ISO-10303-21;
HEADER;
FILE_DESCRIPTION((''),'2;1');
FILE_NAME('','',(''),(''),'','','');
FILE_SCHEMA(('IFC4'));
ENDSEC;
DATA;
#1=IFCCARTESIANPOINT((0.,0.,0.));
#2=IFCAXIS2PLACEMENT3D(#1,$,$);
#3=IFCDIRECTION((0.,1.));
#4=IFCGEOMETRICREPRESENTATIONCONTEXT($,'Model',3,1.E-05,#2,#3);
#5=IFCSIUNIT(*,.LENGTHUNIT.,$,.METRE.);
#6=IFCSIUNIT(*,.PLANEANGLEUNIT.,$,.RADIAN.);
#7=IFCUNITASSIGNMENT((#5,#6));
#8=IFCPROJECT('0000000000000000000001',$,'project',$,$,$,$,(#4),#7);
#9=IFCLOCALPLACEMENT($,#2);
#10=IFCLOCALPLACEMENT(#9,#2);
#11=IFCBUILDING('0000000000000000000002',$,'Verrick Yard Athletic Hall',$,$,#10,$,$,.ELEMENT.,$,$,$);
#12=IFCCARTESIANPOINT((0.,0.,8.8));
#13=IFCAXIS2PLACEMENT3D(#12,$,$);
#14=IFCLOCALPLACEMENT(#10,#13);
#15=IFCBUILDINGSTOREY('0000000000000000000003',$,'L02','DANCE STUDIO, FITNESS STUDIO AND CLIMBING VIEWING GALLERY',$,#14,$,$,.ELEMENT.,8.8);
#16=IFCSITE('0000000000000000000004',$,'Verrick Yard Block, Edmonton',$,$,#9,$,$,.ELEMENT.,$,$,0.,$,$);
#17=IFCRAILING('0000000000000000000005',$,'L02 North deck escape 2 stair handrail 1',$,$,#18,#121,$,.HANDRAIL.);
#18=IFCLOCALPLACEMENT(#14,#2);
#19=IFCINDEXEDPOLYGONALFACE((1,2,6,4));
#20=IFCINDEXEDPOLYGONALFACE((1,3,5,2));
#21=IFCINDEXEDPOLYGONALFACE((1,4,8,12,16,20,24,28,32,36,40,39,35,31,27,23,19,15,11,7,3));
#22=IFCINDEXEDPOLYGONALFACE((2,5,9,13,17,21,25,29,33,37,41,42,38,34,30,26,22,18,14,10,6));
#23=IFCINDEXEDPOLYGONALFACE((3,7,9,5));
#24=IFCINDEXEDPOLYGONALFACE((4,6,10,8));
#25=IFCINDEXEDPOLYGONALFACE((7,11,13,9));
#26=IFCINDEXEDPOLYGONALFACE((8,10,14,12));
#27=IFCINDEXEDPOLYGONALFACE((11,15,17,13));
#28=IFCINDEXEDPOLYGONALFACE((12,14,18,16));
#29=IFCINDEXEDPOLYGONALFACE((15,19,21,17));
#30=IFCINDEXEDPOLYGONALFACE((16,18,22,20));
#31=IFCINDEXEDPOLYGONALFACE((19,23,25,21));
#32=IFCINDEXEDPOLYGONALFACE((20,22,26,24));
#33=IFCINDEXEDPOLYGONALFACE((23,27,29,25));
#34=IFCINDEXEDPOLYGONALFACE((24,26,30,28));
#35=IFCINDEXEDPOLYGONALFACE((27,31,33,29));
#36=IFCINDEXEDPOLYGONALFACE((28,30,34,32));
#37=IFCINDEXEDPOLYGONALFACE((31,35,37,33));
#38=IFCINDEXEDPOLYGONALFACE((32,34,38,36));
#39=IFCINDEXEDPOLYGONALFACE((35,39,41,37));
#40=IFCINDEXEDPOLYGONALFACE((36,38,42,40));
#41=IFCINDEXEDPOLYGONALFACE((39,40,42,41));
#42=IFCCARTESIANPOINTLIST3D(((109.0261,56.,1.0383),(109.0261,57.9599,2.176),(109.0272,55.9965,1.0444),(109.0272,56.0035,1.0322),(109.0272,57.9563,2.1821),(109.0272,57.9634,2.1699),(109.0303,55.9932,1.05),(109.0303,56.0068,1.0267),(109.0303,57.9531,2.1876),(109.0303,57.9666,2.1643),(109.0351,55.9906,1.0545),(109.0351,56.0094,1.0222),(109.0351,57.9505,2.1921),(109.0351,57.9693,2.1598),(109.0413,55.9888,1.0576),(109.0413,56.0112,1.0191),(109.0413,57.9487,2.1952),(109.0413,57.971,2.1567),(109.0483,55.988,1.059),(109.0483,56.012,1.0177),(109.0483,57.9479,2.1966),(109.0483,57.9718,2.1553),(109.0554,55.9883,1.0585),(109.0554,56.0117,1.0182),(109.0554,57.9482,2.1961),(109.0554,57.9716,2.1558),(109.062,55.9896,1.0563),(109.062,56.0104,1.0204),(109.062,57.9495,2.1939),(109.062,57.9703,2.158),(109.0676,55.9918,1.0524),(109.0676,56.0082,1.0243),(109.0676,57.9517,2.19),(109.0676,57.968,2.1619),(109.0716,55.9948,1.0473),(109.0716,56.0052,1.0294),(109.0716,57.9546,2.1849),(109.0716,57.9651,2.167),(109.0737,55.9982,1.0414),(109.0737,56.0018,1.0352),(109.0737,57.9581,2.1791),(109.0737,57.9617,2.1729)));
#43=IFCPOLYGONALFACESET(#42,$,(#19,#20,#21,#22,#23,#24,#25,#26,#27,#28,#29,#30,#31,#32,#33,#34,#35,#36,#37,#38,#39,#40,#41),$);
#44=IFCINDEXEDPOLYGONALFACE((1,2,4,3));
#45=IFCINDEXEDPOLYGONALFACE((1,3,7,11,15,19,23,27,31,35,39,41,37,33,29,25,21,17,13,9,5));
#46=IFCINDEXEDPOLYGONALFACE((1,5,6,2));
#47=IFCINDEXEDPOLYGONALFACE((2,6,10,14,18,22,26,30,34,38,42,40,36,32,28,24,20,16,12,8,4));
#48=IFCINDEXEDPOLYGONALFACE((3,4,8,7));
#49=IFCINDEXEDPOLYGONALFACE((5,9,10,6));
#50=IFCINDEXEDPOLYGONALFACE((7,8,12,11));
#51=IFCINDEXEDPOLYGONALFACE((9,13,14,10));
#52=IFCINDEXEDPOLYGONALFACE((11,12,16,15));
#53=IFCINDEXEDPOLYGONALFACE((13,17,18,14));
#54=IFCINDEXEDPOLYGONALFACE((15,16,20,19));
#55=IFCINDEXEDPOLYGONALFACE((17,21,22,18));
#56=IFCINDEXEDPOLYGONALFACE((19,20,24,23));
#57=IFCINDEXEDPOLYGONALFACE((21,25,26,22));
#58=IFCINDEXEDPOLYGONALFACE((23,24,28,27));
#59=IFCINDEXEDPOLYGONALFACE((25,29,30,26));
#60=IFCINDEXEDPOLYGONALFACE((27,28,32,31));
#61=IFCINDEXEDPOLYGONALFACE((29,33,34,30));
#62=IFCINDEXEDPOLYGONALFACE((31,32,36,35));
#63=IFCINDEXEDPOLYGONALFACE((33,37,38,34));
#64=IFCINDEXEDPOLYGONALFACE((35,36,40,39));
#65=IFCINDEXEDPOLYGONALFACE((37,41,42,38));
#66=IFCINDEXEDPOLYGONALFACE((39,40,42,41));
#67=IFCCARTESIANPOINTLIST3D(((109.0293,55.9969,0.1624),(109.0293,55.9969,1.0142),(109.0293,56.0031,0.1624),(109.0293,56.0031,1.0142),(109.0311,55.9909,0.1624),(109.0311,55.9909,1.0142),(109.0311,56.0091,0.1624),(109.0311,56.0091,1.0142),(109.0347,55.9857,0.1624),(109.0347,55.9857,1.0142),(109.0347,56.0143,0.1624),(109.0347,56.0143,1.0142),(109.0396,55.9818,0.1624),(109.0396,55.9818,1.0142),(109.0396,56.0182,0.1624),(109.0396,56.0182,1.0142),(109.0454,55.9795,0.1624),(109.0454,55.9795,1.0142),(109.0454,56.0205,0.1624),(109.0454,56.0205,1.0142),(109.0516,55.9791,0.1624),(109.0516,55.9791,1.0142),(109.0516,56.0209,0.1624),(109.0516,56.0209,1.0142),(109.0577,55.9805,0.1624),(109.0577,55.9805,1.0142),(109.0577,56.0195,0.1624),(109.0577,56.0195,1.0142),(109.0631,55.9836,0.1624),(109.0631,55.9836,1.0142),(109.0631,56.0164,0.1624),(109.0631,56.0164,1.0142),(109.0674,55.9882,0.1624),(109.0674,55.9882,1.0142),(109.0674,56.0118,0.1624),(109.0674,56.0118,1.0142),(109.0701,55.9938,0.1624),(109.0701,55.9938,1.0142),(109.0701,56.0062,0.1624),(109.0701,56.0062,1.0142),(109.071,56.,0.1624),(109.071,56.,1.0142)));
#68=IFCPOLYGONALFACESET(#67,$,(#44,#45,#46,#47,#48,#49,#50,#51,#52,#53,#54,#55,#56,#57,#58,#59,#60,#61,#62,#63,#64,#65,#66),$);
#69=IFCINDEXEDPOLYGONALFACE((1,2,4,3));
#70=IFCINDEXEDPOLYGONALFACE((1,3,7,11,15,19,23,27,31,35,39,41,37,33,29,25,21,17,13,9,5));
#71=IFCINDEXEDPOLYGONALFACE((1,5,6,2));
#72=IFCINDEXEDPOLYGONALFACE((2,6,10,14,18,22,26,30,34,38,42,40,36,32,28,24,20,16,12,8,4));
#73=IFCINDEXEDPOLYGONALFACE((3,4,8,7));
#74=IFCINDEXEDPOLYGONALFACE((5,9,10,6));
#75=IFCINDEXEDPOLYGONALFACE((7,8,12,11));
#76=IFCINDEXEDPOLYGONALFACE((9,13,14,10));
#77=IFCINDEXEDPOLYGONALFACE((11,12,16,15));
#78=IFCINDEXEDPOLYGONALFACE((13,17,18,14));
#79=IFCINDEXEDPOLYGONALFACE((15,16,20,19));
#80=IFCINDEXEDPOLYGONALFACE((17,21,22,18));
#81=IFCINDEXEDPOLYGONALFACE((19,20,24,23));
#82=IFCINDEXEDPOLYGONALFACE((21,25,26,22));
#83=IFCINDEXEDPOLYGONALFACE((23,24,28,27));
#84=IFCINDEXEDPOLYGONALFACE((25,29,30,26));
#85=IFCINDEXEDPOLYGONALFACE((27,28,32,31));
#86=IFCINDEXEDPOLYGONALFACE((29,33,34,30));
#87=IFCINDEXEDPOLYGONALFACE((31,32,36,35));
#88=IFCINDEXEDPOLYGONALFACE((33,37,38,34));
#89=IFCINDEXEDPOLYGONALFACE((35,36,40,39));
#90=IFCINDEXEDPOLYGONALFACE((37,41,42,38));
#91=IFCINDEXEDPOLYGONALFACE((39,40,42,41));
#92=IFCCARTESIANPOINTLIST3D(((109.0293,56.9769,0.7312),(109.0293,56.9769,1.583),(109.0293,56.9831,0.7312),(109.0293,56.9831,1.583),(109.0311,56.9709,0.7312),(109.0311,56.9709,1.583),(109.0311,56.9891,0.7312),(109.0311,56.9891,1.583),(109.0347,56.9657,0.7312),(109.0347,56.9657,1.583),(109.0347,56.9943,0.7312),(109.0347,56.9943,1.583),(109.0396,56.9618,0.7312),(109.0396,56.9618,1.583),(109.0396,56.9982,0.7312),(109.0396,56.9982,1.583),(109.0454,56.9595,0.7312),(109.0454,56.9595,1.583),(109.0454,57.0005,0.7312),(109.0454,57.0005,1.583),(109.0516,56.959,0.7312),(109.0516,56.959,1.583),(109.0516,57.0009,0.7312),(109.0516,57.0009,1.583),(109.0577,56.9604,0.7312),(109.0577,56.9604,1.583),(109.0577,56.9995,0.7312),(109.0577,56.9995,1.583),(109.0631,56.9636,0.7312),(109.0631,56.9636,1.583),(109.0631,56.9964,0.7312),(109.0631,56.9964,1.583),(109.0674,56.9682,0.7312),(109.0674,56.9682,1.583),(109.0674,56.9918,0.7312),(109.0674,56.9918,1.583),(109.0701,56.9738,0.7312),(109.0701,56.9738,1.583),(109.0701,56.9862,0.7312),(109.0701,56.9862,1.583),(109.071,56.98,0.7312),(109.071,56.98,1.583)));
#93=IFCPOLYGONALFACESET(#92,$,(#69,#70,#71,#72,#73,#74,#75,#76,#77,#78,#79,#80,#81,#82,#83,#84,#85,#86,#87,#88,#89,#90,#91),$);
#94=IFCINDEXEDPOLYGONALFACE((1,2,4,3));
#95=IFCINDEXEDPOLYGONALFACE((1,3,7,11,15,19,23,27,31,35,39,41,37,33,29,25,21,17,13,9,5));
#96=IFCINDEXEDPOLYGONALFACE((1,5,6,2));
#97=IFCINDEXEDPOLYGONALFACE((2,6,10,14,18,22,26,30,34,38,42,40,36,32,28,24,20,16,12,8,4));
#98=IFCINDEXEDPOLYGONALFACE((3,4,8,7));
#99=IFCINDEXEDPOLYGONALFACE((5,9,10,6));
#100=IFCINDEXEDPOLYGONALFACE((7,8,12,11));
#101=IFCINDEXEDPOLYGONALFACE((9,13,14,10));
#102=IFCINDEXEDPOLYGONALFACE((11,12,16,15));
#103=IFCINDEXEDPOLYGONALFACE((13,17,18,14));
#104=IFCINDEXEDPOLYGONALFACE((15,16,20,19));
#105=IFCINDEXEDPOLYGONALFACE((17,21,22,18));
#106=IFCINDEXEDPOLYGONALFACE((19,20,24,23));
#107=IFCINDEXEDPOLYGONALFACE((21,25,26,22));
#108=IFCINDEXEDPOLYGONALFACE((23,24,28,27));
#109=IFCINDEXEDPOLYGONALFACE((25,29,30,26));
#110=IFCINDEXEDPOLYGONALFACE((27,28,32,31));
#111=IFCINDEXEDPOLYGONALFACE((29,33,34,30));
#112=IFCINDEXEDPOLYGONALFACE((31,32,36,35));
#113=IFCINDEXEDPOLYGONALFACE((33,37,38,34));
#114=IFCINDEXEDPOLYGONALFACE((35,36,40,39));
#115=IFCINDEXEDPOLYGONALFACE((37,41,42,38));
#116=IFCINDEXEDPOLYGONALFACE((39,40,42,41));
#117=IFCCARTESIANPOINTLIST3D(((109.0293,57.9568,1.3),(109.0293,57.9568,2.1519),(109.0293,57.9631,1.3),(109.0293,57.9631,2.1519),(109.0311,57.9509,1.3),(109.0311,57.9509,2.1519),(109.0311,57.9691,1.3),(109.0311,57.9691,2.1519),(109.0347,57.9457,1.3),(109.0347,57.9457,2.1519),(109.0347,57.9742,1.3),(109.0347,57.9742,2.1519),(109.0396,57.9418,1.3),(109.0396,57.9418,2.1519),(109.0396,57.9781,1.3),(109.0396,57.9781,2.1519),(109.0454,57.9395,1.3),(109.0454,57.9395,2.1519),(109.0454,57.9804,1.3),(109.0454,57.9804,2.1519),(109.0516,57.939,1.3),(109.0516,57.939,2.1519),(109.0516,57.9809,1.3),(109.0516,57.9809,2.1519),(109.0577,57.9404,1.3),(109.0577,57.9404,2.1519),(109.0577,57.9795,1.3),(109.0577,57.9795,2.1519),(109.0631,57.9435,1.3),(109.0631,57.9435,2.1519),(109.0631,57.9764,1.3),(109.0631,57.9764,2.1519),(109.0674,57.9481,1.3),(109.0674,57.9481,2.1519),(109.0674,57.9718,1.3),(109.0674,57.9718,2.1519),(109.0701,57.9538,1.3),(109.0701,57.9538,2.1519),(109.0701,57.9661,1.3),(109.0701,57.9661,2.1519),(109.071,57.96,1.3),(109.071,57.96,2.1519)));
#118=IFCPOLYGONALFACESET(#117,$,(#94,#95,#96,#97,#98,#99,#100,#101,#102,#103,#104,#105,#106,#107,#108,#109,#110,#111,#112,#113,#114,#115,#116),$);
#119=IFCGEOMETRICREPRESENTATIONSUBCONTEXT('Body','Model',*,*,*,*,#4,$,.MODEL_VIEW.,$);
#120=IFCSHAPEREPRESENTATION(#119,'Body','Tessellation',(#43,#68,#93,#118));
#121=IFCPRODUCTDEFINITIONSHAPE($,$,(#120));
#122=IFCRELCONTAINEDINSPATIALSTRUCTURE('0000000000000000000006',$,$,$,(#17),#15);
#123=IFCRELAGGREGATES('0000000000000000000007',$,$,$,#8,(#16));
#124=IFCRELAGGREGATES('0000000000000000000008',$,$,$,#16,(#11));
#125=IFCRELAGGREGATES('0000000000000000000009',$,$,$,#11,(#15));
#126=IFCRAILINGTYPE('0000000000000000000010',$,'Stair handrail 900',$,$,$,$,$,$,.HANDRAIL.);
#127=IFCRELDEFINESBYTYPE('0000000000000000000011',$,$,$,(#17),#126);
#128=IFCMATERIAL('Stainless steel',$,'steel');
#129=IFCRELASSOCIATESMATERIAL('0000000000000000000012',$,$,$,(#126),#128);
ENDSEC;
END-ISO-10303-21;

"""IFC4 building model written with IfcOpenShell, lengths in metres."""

from ifc_helpers import new_model, si_unit, direction, frame, origin, origin_2d, place, context, subcontext, project, spatial, circle, extrude, material, type_object, element, save


model = new_model("IFC4")

# Units and contexts
model_context = context("Model", 3, precision=1e-05, world=origin(), true_north=direction((0.0, 1.0)))
body_context = subcontext(model_context, "Body", "Model", "MODEL_VIEW")
ifc_project = project(units=[si_unit("LENGTHUNIT", "METRE"), si_unit("PLANEANGLEUNIT", "RADIAN")], contexts=[model_context])

# Site, building, storey
site_placement = place(None, origin())
site = spatial("IfcSite", under=ifc_project, at=site_placement, Name="Verrick Yard Block, Edmonton", CompositionType="ELEMENT", RefElevation=0.0)
building_placement = place(site_placement, origin())
building = spatial("IfcBuilding", under=site, at=building_placement, Name="Verrick Yard Athletic Hall", CompositionType="ELEMENT")
storey_placement = place(building_placement, frame((0.0, 0.0, 8.8)))
storey = spatial("IfcBuildingStorey", under=building, at=storey_placement, Name="L02", Description="DANCE STUDIO, FITNESS STUDIO AND CLIMBING VIEWING GALLERY", CompositionType="ELEMENT", Elevation=8.8)

# Railing
ifc_material_1 = material(Name="Stainless steel", Category="steel")
railing_type_1 = type_object("IfcRailingType", Name="Stair handrail 900", PredefinedType="HANDRAIL", material=ifc_material_1)
railing_1_placement = place(storey_placement, frame((109.05, 56.0, 0.1624)))
element("IfcRailing", 1, at=railing_1_placement, inside=storey, type_object=railing_type_1, Name="L02 North deck escape 2 stair handrail 1", PredefinedType="HANDRAIL", context=body_context, shape_type="SweptSolid", body=[
    extrude(circle(Radius=0.0239, at=origin_2d()), frame((0.0, 0.0, 0.876), z_axis=(0.0, 0.864855, 0.502021), x_axis=(-1.0, 0.0, 0.0)), (0.0, 0.0, 1.0), 2.2661),
    extrude(circle(Radius=0.021, at=origin_2d()), origin(), (0.0, 0.0, 1.0), 0.8518),
    extrude(circle(Radius=0.021, at=origin_2d()), frame((0.0, 0.98, 0.5688)), (0.0, 0.0, 1.0), 0.8518),
    extrude(circle(Radius=0.021, at=origin_2d()), frame((0.0, 1.96, 1.1377)), (0.0, 0.0, 1.0), 0.8518),
])

save(model, "model.ifc")
